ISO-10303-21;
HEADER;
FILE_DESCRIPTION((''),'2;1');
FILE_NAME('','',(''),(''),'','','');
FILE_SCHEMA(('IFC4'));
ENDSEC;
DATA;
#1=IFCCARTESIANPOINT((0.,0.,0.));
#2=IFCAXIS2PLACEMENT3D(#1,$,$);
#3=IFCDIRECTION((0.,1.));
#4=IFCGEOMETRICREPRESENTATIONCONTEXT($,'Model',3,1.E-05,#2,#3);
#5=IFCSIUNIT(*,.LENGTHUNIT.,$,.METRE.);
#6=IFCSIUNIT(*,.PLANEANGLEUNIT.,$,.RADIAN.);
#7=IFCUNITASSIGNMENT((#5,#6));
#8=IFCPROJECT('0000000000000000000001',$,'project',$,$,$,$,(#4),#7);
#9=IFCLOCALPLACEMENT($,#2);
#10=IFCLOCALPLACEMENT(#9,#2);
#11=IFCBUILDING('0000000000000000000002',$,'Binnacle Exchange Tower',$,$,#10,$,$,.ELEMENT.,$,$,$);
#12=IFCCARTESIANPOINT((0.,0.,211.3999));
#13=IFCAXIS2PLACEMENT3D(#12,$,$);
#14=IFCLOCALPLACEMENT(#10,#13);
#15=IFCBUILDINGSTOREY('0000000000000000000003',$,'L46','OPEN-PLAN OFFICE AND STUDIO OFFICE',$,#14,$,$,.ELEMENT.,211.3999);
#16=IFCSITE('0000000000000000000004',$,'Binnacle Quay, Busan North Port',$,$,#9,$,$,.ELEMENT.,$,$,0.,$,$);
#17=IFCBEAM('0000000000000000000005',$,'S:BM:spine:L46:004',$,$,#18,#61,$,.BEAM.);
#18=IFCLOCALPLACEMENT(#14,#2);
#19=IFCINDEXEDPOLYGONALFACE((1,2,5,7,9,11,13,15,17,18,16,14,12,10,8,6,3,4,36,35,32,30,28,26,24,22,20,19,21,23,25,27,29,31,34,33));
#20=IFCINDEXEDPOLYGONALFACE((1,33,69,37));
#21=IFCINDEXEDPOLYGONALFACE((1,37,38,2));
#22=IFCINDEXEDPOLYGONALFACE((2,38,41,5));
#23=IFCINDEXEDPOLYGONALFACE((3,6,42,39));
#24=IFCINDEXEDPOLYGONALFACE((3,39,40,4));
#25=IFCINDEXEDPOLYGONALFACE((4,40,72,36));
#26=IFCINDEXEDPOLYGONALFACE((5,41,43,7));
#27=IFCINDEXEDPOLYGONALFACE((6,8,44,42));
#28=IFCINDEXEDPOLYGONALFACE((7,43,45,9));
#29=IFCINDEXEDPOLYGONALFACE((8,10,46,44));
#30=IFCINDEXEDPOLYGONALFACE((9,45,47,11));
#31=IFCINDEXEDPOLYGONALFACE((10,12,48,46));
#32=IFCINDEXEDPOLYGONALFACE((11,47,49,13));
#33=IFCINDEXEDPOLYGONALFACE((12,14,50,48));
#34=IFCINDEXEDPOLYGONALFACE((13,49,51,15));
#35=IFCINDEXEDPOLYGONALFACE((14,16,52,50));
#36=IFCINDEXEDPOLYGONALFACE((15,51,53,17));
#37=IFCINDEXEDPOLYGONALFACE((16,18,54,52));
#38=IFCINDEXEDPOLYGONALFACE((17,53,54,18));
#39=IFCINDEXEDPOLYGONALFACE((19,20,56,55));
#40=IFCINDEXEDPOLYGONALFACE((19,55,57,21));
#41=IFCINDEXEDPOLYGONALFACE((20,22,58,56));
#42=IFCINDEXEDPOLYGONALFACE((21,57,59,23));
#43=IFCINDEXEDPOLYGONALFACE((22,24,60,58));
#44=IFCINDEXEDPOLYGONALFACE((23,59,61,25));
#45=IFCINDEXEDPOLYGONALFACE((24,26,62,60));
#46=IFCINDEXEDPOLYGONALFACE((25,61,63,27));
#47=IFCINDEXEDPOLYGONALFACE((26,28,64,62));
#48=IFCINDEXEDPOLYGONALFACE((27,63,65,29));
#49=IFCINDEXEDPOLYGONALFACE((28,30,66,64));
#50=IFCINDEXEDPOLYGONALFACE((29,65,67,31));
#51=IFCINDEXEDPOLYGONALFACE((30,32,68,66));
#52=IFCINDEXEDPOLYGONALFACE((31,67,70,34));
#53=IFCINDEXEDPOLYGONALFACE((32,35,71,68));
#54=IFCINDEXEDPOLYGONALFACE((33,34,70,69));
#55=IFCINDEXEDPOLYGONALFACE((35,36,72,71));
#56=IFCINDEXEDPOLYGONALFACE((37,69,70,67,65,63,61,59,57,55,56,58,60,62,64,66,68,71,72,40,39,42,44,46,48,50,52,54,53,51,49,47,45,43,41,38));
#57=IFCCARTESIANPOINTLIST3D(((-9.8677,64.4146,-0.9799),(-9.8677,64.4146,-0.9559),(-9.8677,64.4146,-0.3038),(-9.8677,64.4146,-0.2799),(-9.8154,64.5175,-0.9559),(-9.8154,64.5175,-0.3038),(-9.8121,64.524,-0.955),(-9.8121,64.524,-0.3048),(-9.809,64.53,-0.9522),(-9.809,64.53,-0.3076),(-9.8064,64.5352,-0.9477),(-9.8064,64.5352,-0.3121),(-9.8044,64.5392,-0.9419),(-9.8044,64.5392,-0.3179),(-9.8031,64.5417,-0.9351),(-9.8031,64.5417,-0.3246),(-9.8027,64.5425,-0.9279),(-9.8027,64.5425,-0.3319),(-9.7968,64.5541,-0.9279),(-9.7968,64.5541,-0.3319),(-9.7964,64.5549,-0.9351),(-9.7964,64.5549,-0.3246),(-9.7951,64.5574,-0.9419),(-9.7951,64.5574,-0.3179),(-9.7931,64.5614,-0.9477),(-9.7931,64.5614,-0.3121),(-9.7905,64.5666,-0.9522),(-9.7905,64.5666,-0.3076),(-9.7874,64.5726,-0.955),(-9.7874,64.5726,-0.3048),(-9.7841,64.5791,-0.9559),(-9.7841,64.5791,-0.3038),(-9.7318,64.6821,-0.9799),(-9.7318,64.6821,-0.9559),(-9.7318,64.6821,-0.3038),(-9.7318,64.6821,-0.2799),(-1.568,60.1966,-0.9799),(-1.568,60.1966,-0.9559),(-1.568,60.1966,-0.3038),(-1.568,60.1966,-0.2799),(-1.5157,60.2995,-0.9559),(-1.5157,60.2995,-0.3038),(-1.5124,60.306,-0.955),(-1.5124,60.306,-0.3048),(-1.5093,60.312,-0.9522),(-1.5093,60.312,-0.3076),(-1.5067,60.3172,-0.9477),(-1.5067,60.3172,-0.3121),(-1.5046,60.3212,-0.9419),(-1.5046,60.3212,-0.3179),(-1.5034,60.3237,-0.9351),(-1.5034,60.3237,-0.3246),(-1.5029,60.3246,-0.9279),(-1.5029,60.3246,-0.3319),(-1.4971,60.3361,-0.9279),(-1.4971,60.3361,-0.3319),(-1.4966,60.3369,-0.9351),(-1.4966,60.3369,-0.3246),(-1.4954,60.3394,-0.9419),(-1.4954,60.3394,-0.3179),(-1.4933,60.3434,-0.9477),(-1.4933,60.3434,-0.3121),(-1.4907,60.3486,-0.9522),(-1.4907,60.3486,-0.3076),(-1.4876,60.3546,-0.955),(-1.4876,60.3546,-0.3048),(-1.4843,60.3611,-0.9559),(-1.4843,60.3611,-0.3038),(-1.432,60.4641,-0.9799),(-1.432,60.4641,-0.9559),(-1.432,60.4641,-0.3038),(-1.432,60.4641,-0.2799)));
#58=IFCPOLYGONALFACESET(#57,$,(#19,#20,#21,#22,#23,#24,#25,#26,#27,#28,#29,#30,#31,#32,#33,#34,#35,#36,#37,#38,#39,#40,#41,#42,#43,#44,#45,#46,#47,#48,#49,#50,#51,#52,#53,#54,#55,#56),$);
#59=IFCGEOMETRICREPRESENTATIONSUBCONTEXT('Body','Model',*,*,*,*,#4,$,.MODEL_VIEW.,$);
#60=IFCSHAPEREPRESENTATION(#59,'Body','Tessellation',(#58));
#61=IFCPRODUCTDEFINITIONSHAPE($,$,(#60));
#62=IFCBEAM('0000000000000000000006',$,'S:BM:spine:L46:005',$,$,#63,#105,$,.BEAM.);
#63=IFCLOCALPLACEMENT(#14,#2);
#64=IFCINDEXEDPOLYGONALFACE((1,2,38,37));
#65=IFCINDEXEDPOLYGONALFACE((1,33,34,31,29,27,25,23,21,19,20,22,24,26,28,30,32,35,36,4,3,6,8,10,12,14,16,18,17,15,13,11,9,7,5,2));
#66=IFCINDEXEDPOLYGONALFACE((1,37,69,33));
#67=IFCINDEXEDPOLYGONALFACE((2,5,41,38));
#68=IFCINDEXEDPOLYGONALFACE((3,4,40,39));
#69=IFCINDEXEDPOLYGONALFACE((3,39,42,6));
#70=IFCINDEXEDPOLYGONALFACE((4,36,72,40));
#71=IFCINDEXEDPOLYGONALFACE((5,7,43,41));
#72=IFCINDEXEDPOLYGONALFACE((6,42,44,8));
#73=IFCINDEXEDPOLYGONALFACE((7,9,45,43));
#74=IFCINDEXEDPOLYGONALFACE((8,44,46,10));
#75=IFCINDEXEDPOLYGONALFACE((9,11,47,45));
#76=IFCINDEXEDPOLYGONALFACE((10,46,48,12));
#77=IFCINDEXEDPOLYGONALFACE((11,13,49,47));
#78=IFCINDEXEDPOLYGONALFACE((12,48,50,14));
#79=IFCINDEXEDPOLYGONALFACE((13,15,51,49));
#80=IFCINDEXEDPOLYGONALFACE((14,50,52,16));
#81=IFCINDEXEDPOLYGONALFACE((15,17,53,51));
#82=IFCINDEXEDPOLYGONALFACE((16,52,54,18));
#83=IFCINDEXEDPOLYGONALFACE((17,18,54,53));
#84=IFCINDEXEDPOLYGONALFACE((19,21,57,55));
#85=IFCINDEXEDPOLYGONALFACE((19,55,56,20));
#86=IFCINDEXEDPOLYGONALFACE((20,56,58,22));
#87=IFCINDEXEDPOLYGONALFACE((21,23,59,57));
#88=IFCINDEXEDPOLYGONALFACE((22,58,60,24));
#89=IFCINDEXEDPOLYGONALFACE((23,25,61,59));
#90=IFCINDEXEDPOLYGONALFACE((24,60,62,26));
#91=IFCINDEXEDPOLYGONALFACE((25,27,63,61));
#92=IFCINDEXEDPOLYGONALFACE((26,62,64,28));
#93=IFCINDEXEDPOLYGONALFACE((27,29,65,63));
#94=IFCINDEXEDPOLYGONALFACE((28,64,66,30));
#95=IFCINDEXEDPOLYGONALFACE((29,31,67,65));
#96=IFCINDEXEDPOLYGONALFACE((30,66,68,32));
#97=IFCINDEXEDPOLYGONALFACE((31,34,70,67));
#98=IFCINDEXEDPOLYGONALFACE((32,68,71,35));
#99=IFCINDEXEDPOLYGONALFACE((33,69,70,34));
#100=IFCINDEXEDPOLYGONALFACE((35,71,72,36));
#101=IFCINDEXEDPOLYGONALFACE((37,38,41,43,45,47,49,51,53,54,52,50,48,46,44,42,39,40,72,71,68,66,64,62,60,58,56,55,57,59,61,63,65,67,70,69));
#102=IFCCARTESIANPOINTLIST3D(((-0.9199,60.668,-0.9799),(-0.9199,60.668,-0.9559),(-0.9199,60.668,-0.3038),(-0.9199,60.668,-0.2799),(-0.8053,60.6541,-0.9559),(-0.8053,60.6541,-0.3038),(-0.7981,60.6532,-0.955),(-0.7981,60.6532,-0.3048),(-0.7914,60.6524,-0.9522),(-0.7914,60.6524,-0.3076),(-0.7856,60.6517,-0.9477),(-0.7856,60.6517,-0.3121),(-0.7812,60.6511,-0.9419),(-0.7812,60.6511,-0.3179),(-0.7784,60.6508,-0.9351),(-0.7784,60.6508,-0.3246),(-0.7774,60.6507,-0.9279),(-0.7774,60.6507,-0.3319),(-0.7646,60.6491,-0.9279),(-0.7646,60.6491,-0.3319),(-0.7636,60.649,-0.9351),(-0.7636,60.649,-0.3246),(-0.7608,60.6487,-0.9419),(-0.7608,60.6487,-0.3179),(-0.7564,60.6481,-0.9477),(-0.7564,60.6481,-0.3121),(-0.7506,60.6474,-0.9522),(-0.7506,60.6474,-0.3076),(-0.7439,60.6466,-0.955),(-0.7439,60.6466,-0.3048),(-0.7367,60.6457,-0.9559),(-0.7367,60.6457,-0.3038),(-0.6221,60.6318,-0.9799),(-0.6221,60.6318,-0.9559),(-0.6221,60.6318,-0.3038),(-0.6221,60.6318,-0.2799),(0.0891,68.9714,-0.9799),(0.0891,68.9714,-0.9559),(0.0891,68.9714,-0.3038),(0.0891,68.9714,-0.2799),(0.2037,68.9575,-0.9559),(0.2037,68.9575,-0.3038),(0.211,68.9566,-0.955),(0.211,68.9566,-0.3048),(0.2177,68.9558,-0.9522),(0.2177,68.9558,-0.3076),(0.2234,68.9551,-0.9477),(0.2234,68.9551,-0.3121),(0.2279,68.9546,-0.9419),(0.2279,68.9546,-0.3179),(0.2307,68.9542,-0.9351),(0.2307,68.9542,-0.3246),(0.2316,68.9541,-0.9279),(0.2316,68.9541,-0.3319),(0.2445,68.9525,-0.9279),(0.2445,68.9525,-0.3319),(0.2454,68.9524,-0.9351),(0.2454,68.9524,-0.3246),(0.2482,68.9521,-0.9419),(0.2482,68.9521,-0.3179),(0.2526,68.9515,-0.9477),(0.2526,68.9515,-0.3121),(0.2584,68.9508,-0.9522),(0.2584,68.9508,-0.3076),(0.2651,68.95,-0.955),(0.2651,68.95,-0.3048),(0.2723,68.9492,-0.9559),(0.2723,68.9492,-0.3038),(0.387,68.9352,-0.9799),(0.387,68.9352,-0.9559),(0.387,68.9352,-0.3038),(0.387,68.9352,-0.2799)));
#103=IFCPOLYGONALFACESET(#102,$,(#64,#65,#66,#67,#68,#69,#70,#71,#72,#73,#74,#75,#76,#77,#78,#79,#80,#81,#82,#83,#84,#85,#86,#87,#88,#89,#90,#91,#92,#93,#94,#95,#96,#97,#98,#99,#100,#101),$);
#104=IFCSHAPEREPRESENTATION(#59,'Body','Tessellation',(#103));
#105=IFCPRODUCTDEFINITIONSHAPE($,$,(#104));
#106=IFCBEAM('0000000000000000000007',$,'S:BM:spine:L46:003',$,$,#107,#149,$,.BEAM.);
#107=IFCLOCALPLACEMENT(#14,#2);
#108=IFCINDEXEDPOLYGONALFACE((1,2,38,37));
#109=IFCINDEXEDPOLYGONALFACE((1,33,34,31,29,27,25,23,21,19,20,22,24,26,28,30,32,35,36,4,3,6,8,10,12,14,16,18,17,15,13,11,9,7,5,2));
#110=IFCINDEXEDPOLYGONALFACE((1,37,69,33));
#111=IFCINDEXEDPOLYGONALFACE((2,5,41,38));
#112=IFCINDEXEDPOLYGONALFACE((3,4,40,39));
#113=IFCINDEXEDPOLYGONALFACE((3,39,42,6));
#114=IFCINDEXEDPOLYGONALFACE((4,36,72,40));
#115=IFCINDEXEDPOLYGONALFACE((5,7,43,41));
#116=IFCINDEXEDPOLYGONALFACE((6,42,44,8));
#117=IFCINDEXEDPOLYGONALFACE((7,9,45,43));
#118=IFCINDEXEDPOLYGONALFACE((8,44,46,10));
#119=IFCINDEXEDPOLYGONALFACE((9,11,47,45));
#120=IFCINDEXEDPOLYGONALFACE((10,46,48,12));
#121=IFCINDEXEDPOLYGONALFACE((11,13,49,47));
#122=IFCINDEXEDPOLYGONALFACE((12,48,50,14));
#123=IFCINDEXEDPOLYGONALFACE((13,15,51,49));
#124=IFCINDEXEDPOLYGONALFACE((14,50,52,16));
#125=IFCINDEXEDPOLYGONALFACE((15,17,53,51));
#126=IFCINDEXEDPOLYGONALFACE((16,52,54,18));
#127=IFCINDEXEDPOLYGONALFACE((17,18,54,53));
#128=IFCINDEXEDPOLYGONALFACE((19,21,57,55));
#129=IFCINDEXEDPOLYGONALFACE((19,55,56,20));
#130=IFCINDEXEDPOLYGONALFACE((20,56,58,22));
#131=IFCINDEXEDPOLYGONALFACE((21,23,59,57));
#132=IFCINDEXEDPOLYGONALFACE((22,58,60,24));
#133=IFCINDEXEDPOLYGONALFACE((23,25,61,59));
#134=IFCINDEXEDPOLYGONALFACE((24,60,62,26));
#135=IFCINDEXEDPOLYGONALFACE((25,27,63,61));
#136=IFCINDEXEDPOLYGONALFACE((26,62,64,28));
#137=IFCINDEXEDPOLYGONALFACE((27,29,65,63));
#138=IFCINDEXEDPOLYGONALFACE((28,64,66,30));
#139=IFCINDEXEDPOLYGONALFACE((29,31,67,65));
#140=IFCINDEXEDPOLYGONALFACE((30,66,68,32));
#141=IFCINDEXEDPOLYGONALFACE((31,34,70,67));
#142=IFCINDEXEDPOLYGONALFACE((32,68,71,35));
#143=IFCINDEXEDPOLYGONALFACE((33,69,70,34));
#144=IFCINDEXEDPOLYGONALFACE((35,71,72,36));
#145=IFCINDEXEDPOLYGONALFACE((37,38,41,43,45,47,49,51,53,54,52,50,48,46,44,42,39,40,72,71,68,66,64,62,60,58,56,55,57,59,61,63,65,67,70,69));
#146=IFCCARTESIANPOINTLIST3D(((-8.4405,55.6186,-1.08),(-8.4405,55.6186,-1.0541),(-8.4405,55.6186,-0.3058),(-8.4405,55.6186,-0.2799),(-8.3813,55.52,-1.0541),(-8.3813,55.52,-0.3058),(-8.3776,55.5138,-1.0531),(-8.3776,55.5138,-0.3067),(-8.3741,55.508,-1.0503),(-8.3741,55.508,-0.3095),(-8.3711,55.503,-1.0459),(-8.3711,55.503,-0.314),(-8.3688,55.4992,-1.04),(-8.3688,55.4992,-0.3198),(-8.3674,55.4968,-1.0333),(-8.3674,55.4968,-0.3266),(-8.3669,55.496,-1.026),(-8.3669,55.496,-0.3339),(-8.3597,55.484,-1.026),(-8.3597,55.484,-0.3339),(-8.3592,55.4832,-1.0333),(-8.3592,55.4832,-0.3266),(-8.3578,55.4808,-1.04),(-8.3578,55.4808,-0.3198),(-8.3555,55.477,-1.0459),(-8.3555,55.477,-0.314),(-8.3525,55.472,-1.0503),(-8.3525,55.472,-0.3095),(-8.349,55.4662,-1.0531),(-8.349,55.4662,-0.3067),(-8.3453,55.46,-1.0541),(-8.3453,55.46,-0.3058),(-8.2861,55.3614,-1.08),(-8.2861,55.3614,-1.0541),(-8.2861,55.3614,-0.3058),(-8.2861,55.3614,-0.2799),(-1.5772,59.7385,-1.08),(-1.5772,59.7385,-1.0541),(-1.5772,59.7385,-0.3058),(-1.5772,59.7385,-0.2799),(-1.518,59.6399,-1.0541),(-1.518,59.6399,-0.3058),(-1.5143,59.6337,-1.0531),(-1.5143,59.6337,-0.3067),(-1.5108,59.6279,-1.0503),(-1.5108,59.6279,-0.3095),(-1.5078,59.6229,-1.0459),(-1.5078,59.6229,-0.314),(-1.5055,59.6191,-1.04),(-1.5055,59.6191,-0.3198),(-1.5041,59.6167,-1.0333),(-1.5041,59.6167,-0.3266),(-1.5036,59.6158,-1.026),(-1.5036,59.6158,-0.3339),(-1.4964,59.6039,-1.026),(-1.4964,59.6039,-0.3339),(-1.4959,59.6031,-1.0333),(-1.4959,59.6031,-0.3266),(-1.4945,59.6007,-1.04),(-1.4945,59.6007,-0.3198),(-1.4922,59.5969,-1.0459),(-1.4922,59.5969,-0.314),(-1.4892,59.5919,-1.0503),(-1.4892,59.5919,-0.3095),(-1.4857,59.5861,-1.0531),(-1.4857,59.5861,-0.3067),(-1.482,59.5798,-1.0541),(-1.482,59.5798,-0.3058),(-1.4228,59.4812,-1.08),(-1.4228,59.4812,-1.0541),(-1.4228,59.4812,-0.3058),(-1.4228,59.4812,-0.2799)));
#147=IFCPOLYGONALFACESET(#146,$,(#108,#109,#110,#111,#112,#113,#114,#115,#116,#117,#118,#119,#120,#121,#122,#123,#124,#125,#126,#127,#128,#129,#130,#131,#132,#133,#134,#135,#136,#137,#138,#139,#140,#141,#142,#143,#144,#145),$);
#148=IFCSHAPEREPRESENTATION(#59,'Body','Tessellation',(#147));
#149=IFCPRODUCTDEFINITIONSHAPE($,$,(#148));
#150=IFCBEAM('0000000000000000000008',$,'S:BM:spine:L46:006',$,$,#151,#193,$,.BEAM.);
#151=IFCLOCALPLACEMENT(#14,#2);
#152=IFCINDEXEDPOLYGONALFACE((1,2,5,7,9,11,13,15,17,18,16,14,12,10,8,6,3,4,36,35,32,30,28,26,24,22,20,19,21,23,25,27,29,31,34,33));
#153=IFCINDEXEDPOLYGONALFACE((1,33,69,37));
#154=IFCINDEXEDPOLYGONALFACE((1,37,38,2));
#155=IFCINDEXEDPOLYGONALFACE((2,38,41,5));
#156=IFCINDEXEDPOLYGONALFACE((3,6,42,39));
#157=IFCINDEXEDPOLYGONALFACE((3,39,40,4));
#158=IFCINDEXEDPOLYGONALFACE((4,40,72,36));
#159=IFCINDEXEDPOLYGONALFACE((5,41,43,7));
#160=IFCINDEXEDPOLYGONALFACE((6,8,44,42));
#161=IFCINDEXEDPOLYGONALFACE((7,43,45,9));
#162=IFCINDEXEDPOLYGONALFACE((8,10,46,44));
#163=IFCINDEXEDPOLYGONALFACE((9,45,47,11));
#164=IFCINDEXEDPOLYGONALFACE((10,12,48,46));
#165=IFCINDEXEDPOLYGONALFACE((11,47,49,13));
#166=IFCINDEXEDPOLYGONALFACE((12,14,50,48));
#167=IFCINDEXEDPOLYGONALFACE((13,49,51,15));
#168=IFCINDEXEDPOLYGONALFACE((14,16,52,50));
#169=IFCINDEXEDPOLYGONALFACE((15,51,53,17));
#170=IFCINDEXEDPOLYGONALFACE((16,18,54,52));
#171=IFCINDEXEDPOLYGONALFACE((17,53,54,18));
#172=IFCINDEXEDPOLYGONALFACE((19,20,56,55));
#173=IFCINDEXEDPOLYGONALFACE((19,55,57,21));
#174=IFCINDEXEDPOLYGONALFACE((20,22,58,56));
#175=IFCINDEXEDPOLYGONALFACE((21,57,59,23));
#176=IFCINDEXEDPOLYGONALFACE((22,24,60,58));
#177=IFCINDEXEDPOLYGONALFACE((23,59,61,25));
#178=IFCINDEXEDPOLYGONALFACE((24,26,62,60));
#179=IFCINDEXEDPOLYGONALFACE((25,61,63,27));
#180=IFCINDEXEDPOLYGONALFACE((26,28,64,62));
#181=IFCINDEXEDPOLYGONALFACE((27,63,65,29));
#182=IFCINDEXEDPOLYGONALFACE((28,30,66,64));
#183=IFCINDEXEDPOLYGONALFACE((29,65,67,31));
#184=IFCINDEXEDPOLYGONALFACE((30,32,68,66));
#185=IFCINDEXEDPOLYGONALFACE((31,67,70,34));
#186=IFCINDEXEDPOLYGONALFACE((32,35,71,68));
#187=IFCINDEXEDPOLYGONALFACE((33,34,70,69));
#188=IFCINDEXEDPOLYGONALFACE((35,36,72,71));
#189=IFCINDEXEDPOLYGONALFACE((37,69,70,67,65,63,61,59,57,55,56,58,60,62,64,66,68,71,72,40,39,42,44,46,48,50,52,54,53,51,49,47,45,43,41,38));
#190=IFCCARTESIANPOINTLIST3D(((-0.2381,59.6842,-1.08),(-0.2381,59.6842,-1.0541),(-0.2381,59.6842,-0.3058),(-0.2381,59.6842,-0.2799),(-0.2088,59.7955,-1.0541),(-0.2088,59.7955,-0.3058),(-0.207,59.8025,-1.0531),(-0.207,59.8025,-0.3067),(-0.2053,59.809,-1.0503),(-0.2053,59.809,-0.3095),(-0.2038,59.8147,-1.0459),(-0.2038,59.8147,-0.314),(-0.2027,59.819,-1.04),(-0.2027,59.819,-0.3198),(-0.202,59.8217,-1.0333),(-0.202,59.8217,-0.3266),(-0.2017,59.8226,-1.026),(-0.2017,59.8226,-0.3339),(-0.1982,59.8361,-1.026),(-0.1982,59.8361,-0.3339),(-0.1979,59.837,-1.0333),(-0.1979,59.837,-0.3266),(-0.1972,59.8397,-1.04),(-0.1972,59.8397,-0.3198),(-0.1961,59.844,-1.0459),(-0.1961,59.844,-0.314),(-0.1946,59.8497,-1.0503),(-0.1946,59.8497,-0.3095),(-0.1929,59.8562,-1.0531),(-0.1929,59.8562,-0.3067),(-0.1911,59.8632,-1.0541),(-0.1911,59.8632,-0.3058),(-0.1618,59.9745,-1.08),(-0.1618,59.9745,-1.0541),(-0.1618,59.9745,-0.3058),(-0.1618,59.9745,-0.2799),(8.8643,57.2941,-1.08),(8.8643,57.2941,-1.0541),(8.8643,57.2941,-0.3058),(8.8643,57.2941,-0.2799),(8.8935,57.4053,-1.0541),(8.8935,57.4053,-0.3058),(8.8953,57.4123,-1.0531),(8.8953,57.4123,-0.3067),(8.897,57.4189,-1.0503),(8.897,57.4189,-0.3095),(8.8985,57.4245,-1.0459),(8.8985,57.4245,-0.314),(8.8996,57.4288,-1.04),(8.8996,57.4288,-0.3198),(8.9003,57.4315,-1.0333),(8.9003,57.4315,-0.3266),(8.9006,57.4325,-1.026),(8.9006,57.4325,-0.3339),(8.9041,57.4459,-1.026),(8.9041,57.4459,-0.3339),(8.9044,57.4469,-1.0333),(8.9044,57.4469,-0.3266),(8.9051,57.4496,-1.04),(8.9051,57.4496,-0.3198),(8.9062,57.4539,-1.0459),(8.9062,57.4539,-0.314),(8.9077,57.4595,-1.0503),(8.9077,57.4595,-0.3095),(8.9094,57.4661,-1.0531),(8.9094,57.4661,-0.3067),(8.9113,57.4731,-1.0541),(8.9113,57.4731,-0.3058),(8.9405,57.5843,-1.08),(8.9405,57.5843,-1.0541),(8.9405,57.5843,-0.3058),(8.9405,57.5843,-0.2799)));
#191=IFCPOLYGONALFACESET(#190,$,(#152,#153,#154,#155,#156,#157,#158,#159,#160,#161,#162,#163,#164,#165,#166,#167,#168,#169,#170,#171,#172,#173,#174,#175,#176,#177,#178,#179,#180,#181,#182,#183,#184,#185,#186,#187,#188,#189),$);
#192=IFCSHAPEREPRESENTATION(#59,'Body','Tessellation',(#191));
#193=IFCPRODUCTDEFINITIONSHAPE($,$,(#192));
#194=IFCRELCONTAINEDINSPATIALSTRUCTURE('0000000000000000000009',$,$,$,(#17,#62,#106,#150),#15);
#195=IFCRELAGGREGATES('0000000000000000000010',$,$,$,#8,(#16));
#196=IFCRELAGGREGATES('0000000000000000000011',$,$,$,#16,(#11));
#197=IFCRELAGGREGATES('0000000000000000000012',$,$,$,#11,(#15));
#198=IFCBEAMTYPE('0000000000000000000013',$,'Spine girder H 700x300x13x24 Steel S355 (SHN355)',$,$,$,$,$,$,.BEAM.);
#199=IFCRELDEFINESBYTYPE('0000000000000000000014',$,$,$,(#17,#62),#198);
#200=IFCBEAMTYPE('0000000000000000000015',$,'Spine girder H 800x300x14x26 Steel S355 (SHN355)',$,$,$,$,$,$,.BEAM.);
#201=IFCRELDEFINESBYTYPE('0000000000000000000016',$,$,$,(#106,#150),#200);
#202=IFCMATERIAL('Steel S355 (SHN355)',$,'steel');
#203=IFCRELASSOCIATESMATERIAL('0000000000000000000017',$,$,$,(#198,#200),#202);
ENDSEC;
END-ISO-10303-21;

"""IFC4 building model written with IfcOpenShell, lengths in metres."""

from ifc_helpers import new_model, si_unit, direction, frame, origin, origin_2d, place, context, subcontext, project, spatial, i_section, extrude, material, material_profile, profile_set, type_object, element, save


model = new_model("IFC4")

# Units and contexts
model_context = context("Model", 3, precision=1e-05, world=origin(), true_north=direction((0.0, 1.0)))
body_context = subcontext(model_context, "Body", "Model", "MODEL_VIEW")
ifc_project = project(units=[si_unit("LENGTHUNIT", "METRE"), si_unit("PLANEANGLEUNIT", "RADIAN")], contexts=[model_context])

# Site, building, storey
site_placement = place(None, origin())
site = spatial("IfcSite", under=ifc_project, at=site_placement, Name="Binnacle Quay, Busan North Port", CompositionType="ELEMENT", RefElevation=0.0)
building_placement = place(site_placement, origin())
building = spatial("IfcBuilding", under=site, at=building_placement, Name="Binnacle Exchange Tower", CompositionType="ELEMENT")
storey_placement = place(building_placement, frame((0.0, 0.0, 211.3999)))
storey = spatial("IfcBuildingStorey", under=building, at=storey_placement, Name="L46", Description="OPEN-PLAN OFFICE AND STUDIO OFFICE", CompositionType="ELEMENT", Elevation=211.3999)

# Beams
ifc_material_1 = material(Name="Steel S355 (SHN355)", Category="steel")
ifc_material_profile_1 = material_profile(ifc_material_1, i_section(OverallWidth=0.3, OverallDepth=0.7, WebThickness=0.0129, FlangeThickness=0.0239, FilletRadius=0.0281, at=origin_2d()), Name="H 700x300x13x24")
ifc_profile_set_1 = profile_set([ifc_material_profile_1], Name="Steel S355 (SHN355)")
beam_type_1 = type_object("IfcBeamType", Name="Spine girder H 700x300x13x24 Steel S355 (SHN355)", PredefinedType="BEAM", material=ifc_profile_set_1)
beam_1_placement = place(storey_placement, frame((-1.5, 60.3303, -0.6299), z_axis=(-0.891482, 0.453057, 0.0), x_axis=(-0.453057, -0.891482, 0.0)))
element("IfcBeam", 1, at=beam_1_placement, inside=storey, type_object=beam_type_1, Name="S:BM:spine:L46:004", PredefinedType="BEAM", context=body_context, shape_type="SweptSolid", body=[
    extrude(i_section(OverallWidth=0.3, OverallDepth=0.7, WebThickness=0.0129, FlangeThickness=0.0239, FilletRadius=0.0281, at=origin_2d()), origin(), (0.0, 0.0, 1.0), 9.3101),
])
beam_2_placement = place(storey_placement, frame((-0.771, 60.6499, -0.6299), z_axis=(0.120632, 0.992697, 0.0), x_axis=(-0.992697, 0.120632, 0.0)))
element("IfcBeam", 2, at=beam_2_placement, inside=storey, type_object=beam_type_1, Name="S:BM:spine:L46:005", PredefinedType="BEAM", context=body_context, shape_type="SweptSolid", body=[
    extrude(i_section(OverallWidth=0.3, OverallDepth=0.7, WebThickness=0.0129, FlangeThickness=0.0239, FilletRadius=0.0281, at=origin_2d()), origin(), (0.0, 0.0, 1.0), 8.3645),
])
ifc_material_profile_2 = material_profile(ifc_material_1, i_section(OverallWidth=0.3, OverallDepth=0.8, WebThickness=0.0139, FlangeThickness=0.0259, FilletRadius=0.0281, at=origin_2d()), Name="H 800x300x14x26")
ifc_profile_set_2 = profile_set([ifc_material_profile_2], Name="Steel S355 (SHN355)")
beam_type_2 = type_object("IfcBeamType", Name="Spine girder H 800x300x14x26 Steel S355 (SHN355)", PredefinedType="BEAM", material=ifc_profile_set_2)
beam_3_placement = place(storey_placement, frame((-8.3633, 55.49, -0.6799), z_axis=(0.857388, 0.514671, 0.0), x_axis=(-0.514671, 0.857388, 0.0)))
element("IfcBeam", 3, at=beam_3_placement, inside=storey, type_object=beam_type_2, Name="S:BM:spine:L46:003", PredefinedType="BEAM", context=body_context, shape_type="SweptSolid", body=[
    extrude(i_section(OverallWidth=0.3, OverallDepth=0.8, WebThickness=0.0139, FlangeThickness=0.0259, FilletRadius=0.0281, at=origin_2d()), origin(), (0.0, 0.0, 1.0), 8.0049),
])
beam_4_placement = place(storey_placement, frame((-0.2, 59.8293, -0.6799), z_axis=(0.96721, -0.253976, 0.0), x_axis=(0.253976, 0.96721, 0.0)))
element("IfcBeam", 4, at=beam_4_placement, inside=storey, type_object=beam_type_2, Name="S:BM:spine:L46:006", PredefinedType="BEAM", context=body_context, shape_type="SweptSolid", body=[
    extrude(i_section(OverallWidth=0.3, OverallDepth=0.8, WebThickness=0.0139, FlangeThickness=0.0259, FilletRadius=0.0281, at=origin_2d()), origin(), (0.0, 0.0, 1.0), 9.4109),
])

save(model, "model.ifc")
